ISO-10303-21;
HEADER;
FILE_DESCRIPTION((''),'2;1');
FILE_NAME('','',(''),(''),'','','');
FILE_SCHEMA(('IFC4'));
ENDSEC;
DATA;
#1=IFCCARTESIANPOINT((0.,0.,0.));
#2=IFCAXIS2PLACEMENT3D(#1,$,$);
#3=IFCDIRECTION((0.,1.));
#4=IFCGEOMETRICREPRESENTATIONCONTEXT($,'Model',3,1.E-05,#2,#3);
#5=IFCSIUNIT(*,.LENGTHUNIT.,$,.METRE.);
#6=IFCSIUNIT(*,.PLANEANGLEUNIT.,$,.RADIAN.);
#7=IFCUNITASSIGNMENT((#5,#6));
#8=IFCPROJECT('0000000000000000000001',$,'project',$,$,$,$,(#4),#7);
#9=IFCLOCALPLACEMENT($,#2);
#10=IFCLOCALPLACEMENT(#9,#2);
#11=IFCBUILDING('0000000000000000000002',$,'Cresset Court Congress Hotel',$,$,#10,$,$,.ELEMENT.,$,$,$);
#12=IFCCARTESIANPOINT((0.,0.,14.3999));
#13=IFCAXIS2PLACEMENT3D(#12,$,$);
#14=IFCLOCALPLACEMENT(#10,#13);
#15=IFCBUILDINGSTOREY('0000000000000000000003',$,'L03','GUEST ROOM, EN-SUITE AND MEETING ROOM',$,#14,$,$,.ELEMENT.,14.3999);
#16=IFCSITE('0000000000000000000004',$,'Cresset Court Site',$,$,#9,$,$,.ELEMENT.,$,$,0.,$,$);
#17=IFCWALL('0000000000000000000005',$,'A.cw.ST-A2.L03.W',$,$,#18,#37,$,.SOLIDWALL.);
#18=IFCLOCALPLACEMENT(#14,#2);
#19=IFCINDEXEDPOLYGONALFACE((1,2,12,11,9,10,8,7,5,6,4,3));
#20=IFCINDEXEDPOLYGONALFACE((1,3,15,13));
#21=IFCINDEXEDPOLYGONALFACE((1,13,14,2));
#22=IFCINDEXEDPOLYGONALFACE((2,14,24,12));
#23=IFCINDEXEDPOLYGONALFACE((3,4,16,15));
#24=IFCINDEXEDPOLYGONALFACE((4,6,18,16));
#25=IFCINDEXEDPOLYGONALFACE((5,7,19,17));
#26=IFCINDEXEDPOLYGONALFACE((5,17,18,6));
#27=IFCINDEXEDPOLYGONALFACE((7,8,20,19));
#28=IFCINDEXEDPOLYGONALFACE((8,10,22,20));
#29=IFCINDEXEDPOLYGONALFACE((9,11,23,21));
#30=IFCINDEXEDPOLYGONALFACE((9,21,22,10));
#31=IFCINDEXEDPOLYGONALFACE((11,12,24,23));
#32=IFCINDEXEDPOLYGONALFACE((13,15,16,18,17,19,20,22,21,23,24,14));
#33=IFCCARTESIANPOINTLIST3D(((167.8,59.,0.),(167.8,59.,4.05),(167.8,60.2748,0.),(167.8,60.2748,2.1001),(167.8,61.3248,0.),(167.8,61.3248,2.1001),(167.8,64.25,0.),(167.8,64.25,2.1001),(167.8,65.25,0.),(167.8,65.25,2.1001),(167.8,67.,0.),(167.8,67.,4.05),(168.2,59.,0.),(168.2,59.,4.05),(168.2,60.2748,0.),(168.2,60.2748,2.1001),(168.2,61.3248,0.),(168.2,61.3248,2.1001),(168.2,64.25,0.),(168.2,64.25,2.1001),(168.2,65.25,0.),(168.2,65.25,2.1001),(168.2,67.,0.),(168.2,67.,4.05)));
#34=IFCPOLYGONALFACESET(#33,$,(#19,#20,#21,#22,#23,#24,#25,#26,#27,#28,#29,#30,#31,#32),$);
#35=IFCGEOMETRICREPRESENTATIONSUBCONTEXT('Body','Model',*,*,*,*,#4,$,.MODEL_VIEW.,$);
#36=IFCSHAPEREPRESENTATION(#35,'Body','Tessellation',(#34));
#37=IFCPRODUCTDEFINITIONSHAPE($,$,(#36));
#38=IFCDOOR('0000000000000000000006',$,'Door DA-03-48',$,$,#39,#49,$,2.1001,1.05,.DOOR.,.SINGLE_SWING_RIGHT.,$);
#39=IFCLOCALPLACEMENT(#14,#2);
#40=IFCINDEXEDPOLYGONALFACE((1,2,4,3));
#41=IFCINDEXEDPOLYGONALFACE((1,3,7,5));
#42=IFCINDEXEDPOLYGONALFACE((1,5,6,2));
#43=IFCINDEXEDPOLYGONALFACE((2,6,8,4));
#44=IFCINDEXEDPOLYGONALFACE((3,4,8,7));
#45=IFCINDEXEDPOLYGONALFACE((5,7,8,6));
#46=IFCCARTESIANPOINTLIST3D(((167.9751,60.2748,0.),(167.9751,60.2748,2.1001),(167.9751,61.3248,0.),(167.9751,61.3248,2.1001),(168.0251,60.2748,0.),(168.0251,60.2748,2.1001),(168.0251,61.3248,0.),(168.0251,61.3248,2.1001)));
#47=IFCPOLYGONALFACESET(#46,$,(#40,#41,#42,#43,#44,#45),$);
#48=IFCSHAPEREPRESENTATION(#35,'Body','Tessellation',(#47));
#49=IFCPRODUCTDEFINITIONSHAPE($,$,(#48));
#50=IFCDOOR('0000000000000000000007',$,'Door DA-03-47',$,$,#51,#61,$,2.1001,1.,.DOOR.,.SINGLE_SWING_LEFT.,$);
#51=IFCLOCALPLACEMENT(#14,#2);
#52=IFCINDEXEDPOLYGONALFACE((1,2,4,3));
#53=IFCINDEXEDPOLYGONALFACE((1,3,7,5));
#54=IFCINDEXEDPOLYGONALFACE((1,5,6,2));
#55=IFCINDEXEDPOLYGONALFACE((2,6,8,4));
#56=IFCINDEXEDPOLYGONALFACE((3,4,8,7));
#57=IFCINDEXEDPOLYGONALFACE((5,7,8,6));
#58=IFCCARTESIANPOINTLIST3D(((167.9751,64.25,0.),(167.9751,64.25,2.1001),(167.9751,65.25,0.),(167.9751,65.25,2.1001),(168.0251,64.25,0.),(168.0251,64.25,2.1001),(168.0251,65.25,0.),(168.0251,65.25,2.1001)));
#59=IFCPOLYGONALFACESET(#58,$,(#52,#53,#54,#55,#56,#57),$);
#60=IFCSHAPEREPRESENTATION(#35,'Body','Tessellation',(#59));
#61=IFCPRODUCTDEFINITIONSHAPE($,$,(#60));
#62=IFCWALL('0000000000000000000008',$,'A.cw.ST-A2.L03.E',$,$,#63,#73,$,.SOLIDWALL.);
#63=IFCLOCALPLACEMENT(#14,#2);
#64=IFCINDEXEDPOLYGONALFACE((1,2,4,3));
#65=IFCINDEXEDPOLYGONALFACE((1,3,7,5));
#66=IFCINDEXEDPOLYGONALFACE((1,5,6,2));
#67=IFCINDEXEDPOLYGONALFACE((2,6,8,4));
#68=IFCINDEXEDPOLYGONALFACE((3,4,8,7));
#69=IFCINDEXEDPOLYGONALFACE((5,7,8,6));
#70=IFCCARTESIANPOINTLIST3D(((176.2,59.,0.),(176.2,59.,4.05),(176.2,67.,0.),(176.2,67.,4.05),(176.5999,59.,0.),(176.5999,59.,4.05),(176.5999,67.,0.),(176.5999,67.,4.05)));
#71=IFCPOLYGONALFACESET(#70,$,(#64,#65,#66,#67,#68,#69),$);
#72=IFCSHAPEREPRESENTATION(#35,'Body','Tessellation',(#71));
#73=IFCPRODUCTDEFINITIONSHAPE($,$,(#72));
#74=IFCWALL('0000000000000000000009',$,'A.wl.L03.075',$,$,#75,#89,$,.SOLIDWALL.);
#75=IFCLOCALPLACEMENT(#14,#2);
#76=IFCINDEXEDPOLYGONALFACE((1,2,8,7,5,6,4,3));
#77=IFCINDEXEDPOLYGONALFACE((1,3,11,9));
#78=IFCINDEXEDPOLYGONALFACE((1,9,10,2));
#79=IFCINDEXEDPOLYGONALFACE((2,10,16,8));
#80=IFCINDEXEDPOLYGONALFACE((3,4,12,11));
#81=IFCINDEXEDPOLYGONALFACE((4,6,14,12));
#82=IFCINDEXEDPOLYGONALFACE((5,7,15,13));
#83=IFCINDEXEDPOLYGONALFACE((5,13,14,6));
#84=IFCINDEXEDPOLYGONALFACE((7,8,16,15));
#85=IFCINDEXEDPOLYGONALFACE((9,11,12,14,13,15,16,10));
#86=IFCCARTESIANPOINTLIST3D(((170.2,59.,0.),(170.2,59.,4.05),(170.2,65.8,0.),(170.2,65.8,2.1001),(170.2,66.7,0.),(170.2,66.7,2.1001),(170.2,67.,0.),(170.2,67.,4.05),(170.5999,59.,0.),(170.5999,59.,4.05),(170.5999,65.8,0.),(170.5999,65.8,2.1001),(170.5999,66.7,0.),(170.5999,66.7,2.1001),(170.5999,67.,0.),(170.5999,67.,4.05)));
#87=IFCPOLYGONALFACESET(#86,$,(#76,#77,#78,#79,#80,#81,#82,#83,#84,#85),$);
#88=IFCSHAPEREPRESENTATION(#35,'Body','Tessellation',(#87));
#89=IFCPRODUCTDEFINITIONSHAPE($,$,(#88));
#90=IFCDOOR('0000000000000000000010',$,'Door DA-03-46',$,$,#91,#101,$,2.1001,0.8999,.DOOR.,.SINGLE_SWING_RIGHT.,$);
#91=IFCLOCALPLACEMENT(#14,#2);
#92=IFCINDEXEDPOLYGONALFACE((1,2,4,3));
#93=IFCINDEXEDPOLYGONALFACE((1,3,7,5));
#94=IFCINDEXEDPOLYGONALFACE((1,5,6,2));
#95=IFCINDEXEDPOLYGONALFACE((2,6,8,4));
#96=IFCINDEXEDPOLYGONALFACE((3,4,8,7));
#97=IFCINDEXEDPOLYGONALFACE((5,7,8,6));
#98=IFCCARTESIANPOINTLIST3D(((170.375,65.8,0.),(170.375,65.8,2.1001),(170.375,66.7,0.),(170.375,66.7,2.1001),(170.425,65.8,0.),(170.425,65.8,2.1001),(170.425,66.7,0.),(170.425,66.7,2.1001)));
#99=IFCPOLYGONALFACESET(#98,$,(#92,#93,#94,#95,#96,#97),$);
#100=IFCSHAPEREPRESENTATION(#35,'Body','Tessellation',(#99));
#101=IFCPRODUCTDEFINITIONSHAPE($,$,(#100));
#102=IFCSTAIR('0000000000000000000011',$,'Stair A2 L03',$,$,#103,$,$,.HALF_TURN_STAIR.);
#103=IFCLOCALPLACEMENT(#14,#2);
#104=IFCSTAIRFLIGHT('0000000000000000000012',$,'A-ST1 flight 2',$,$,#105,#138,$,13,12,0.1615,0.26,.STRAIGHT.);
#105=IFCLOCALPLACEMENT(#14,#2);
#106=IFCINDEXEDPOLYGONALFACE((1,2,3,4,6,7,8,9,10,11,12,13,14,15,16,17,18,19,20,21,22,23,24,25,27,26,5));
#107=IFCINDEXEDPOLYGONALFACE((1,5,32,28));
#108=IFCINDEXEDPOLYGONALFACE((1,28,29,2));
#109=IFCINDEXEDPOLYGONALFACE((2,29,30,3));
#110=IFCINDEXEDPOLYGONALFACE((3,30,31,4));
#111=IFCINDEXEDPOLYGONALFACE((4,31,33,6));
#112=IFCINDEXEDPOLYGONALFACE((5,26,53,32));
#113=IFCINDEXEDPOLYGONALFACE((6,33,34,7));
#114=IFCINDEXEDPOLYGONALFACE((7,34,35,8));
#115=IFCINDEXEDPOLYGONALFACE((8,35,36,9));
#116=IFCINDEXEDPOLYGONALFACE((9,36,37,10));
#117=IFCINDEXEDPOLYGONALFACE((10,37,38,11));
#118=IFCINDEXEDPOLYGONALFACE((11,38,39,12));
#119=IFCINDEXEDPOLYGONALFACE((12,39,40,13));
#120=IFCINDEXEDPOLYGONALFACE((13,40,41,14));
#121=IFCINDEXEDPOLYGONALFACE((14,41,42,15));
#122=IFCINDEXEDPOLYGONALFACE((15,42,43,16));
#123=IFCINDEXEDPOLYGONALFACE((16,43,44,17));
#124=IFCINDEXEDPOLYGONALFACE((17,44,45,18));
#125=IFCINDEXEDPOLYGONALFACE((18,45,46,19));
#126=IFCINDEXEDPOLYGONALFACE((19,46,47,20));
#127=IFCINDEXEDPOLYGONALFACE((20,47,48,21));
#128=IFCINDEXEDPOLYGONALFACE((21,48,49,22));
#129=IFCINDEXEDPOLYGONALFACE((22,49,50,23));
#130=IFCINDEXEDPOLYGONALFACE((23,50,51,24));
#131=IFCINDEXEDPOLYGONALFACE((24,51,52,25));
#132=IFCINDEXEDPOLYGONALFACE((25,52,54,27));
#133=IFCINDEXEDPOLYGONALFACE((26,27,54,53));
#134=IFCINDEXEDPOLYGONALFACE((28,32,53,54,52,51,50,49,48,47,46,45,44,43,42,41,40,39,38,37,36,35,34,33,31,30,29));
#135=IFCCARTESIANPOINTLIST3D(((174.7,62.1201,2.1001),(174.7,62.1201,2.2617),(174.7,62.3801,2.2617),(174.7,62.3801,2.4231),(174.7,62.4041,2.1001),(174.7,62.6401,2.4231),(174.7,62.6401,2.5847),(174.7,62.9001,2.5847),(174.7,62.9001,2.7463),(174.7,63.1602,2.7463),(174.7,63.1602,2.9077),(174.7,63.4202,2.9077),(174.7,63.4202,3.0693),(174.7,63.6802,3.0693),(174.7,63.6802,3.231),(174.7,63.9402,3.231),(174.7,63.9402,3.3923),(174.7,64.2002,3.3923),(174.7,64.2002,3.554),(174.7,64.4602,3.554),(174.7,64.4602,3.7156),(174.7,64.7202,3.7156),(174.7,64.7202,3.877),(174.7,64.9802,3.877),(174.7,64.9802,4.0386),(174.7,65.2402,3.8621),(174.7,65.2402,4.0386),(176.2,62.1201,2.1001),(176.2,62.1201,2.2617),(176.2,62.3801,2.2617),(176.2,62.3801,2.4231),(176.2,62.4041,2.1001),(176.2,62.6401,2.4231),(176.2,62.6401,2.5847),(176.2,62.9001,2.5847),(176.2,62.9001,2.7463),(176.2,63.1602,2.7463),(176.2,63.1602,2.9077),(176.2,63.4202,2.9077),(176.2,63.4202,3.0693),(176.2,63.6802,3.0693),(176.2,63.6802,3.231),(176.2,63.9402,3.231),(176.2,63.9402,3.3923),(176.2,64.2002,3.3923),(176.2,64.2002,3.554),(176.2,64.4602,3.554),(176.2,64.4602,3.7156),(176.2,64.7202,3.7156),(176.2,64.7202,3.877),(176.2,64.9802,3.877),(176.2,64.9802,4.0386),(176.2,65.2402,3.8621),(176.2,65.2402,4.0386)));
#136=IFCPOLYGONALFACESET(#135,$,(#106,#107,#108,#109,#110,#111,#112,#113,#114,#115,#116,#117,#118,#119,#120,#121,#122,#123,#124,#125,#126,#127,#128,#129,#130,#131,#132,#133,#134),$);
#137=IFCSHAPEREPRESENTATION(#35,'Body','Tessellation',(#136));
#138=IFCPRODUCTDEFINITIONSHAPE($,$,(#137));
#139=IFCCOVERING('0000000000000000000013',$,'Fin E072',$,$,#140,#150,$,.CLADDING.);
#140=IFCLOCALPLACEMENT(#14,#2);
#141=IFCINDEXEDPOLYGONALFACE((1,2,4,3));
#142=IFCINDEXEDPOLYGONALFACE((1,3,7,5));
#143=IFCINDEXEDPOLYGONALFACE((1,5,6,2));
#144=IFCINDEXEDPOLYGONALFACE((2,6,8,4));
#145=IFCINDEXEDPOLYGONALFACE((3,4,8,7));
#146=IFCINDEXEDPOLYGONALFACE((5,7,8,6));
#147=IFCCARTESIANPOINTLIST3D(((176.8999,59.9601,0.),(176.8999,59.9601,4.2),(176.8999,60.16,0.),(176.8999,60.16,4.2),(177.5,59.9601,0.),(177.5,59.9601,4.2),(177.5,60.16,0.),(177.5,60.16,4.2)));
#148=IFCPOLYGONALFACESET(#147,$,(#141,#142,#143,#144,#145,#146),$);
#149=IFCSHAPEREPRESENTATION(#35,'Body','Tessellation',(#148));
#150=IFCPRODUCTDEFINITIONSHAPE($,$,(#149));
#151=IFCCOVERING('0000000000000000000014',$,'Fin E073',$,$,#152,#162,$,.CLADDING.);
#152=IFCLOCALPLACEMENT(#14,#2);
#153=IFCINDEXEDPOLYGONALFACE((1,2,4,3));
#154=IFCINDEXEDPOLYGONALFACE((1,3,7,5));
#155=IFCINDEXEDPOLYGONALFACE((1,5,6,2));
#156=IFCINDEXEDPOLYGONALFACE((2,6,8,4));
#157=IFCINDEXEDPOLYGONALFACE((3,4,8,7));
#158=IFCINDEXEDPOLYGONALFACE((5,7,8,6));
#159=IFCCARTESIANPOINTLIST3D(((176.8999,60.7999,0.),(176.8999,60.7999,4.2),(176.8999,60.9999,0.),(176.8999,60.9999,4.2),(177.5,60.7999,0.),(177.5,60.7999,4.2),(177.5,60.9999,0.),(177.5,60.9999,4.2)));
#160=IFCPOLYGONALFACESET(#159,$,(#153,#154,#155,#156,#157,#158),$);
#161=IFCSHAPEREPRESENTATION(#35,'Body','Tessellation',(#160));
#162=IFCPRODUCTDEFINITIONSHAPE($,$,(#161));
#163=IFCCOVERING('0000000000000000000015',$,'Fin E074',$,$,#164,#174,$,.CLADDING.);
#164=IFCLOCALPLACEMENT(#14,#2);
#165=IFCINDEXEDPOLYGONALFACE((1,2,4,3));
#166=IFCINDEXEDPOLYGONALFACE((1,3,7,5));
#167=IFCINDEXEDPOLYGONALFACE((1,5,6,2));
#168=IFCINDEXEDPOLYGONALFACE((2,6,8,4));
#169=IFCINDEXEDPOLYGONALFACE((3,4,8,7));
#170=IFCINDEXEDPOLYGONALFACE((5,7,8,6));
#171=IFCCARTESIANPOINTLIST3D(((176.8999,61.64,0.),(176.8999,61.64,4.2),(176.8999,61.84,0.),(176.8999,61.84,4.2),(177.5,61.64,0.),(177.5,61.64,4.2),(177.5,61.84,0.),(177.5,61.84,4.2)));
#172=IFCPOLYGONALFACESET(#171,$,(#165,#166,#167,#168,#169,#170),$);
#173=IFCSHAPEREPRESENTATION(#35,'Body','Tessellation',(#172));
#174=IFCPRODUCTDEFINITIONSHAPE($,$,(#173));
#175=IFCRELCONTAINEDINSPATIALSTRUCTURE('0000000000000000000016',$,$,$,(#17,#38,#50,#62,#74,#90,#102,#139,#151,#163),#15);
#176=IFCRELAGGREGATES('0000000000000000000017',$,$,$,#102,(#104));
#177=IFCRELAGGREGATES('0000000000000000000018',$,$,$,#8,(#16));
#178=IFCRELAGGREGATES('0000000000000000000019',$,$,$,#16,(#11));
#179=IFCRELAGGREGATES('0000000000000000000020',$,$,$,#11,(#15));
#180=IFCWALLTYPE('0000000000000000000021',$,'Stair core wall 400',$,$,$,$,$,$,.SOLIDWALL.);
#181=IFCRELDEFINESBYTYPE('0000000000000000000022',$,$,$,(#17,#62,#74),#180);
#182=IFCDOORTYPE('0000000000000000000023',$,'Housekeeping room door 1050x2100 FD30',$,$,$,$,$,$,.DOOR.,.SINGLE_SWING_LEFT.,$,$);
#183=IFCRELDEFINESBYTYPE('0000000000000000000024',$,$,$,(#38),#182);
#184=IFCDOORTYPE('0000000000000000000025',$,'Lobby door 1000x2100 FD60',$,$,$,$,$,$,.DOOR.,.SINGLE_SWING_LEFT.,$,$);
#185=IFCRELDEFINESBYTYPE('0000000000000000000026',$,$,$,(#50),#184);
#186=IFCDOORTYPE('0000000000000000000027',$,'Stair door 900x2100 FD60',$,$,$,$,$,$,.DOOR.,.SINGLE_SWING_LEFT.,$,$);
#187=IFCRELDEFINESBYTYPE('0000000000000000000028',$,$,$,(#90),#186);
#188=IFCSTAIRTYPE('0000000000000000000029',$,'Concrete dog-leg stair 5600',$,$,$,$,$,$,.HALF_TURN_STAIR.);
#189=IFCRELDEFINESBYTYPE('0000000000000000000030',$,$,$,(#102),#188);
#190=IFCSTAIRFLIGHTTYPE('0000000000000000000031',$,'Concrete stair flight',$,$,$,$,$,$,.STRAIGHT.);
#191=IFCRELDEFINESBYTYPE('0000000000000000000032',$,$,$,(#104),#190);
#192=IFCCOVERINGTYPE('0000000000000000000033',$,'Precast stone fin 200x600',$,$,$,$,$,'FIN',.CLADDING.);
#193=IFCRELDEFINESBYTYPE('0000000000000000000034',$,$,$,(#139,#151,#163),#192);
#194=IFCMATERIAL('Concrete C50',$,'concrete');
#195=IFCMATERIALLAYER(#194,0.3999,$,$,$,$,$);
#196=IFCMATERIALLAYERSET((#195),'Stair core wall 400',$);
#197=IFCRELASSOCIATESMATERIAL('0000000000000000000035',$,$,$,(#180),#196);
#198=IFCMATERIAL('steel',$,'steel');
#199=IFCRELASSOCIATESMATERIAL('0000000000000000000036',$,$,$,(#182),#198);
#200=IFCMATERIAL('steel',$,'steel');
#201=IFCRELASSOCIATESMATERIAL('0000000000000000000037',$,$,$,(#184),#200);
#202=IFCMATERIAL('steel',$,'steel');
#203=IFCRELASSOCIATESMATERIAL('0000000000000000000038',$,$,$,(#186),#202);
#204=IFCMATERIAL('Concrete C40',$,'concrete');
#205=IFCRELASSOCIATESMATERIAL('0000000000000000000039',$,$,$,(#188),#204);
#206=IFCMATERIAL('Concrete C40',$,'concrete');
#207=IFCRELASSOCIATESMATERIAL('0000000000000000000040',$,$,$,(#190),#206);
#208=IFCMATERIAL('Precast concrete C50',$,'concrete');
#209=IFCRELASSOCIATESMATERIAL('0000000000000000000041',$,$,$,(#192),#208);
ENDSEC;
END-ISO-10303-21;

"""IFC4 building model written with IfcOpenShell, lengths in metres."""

from ifc_helpers import new_model, si_unit, direction, frame, frame_2d, origin, origin_2d, place, context, subcontext, project, spatial, polyline, rectangle, outline, extrude, material, layer, layer_set, type_object, element, fill, aggregate, save


model = new_model("IFC4")

# Units and contexts
model_context = context("Model", 3, precision=1e-05, world=origin(), true_north=direction((0.0, 1.0)))
body_context = subcontext(model_context, "Body", "Model", "MODEL_VIEW")
ifc_project = project(units=[si_unit("LENGTHUNIT", "METRE"), si_unit("PLANEANGLEUNIT", "RADIAN")], contexts=[model_context])

# Site, building, storey
site_placement = place(None, origin())
site = spatial("IfcSite", under=ifc_project, at=site_placement, Name="Cresset Court Site", CompositionType="ELEMENT", RefElevation=0.0)
building_placement = place(site_placement, origin())
building = spatial("IfcBuilding", under=site, at=building_placement, Name="Cresset Court Congress Hotel", CompositionType="ELEMENT")
storey_placement = place(building_placement, frame((0.0, 0.0, 14.3999)))
storey = spatial("IfcBuildingStorey", under=building, at=storey_placement, Name="L03", Description="GUEST ROOM, EN-SUITE AND MEETING ROOM", CompositionType="ELEMENT", Elevation=14.3999)

# Shared definitions
ifc_material_1 = material(Name="Concrete C50", Category="concrete")
ifc_layer_1 = layer(ifc_material_1, 0.3999)
ifc_layer_set_1 = layer_set([ifc_layer_1], Name="Stair core wall 400")
wall_type_1 = type_object("IfcWallType", Name="Stair core wall 400", PredefinedType="SOLIDWALL", material=ifc_layer_set_1)

# Wall, openings, doors
wall_1_placement = place(storey_placement, frame((168.0, 59.0, 0.0), z_axis=(0.0, 0.0, 1.0), x_axis=(0.0, 1.0, 0.0)))
wall_1 = element("IfcWall", 1, at=wall_1_placement, inside=storey, type_object=wall_type_1, Name="A.cw.ST-A2.L03.W", PredefinedType="SOLIDWALL", context=body_context, shape_type="SweptSolid", body=[
    extrude(rectangle(XDim=8.0, YDim=0.3999, at=frame_2d((4.0, 0.0))), origin(), (0.0, 0.0, 1.0), 4.05),
])
opening_1_placement = place(wall_1_placement, frame((5.25, 0.0, 0.0)))
opening_1 = element("IfcOpeningElement", 2, at=opening_1_placement, cuts=wall_1, PredefinedType="OPENING", context=body_context, shape_type="SweptSolid", body=[
    extrude(rectangle(XDim=1.0, YDim=2.1001, at=frame_2d((0.5, 1.05))), frame((0.0, 0.21, 0.0), z_axis=(0.0, -1.0, 0.0), x_axis=(1.0, 0.0, 0.0)), (0.0, 0.0, 1.0), 0.4199),
])
opening_2_placement = place(wall_1_placement, frame((1.2749, 0.0, 0.0)))
opening_2 = element("IfcOpeningElement", 3, at=opening_2_placement, cuts=wall_1, PredefinedType="OPENING", context=body_context, shape_type="SweptSolid", body=[
    extrude(rectangle(XDim=1.05, YDim=2.1001, at=frame_2d((0.5249, 1.05))), frame((0.0, 0.21, 0.0), z_axis=(0.0, -1.0, 0.0), x_axis=(1.0, 0.0, 0.0)), (0.0, 0.0, 1.0), 0.4199),
])
ifc_material_2 = material(Name="steel", Category="steel")
door_type_1 = type_object("IfcDoorType", Name="Housekeeping room door 1050x2100 FD30", OperationType="SINGLE_SWING_LEFT", PredefinedType="DOOR", material=ifc_material_2)
door_1_placement = place(opening_2_placement, origin())
door_1 = element("IfcDoor", 4, at=door_1_placement, inside=storey, type_object=door_type_1, Name="Door DA-03-48", OperationType="SINGLE_SWING_RIGHT", OverallHeight=2.1001, OverallWidth=1.05, PredefinedType="DOOR", context=body_context, shape_type="SweptSolid", body=[
    extrude(rectangle(XDim=1.05, YDim=2.1001, at=frame_2d((0.5249, 1.05))), frame((0.0, 0.0249, 0.0), z_axis=(0.0, -1.0, 0.0), x_axis=(1.0, 0.0, 0.0)), (0.0, 0.0, 1.0), 0.05),
])
fill(opening_2, door_1)
ifc_material_3 = material(Name="steel", Category="steel")
door_type_2 = type_object("IfcDoorType", Name="Lobby door 1000x2100 FD60", OperationType="SINGLE_SWING_LEFT", PredefinedType="DOOR", material=ifc_material_3)
door_2_placement = place(opening_1_placement, origin())
door_2 = element("IfcDoor", 5, at=door_2_placement, inside=storey, type_object=door_type_2, Name="Door DA-03-47", OperationType="SINGLE_SWING_LEFT", OverallHeight=2.1001, OverallWidth=1.0, PredefinedType="DOOR", context=body_context, shape_type="SweptSolid", body=[
    extrude(rectangle(XDim=1.0, YDim=2.1001, at=frame_2d((0.5, 1.05))), frame((0.0, 0.0249, 0.0), z_axis=(0.0, -1.0, 0.0), x_axis=(1.0, 0.0, 0.0)), (0.0, 0.0, 1.0), 0.05),
])
fill(opening_1, door_2)

# Wall
wall_2_placement = place(storey_placement, frame((176.3999, 59.0, 0.0), z_axis=(0.0, 0.0, 1.0), x_axis=(0.0, 1.0, 0.0)))
element("IfcWall", 6, at=wall_2_placement, inside=storey, type_object=wall_type_1, Name="A.cw.ST-A2.L03.E", PredefinedType="SOLIDWALL", context=body_context, shape_type="SweptSolid", body=[
    extrude(rectangle(XDim=8.0, YDim=0.3999, at=frame_2d((4.0, 0.0))), origin(), (0.0, 0.0, 1.0), 4.05),
])

# Wall, opening, door
wall_3_placement = place(storey_placement, frame((170.3999, 59.0, 0.0), z_axis=(0.0, 0.0, 1.0), x_axis=(0.0, 1.0, 0.0)))
wall_3 = element("IfcWall", 7, at=wall_3_placement, inside=storey, type_object=wall_type_1, Name="A.wl.L03.075", PredefinedType="SOLIDWALL", context=body_context, shape_type="SweptSolid", body=[
    extrude(rectangle(XDim=8.0, YDim=0.3999, at=frame_2d((4.0, 0.0))), origin(), (0.0, 0.0, 1.0), 4.05),
])
opening_3_placement = place(wall_3_placement, frame((6.8, 0.0, 0.0)))
opening_3 = element("IfcOpeningElement", 8, at=opening_3_placement, cuts=wall_3, PredefinedType="OPENING", context=body_context, shape_type="SweptSolid", body=[
    extrude(rectangle(XDim=0.8999, YDim=2.1001, at=frame_2d((0.45, 1.05))), frame((0.0, 0.21, 0.0), z_axis=(0.0, -1.0, 0.0), x_axis=(1.0, 0.0, 0.0)), (0.0, 0.0, 1.0), 0.4199),
])
ifc_material_4 = material(Name="steel", Category="steel")
door_type_3 = type_object("IfcDoorType", Name="Stair door 900x2100 FD60", OperationType="SINGLE_SWING_LEFT", PredefinedType="DOOR", material=ifc_material_4)
door_3_placement = place(opening_3_placement, origin())
door_3 = element("IfcDoor", 9, at=door_3_placement, inside=storey, type_object=door_type_3, Name="Door DA-03-46", OperationType="SINGLE_SWING_RIGHT", OverallHeight=2.1001, OverallWidth=0.8999, PredefinedType="DOOR", context=body_context, shape_type="SweptSolid", body=[
    extrude(rectangle(XDim=0.8999, YDim=2.1001, at=frame_2d((0.45, 1.05))), frame((0.0, 0.0249, 0.0), z_axis=(0.0, -1.0, 0.0), x_axis=(1.0, 0.0, 0.0)), (0.0, 0.0, 1.0), 0.05),
])
fill(opening_3, door_3)

# Stair, stair flight
ifc_material_5 = material(Name="Concrete C40", Category="concrete")
stair_type = type_object("IfcStairType", Name="Concrete dog-leg stair 5600", PredefinedType="HALF_TURN_STAIR", material=ifc_material_5)
stair_placement = place(storey_placement, origin())
stair = element("IfcStair", 10, at=stair_placement, inside=storey, type_object=stair_type, Name="Stair A2 L03", PredefinedType="HALF_TURN_STAIR")
ifc_material_6 = material(Name="Concrete C40", Category="concrete")
stair_flight_type = type_object("IfcStairFlightType", Name="Concrete stair flight", PredefinedType="STRAIGHT", material=ifc_material_6)
stair_flight_placement = place(storey_placement, frame((175.45, 62.1201, 2.1001), z_axis=(0.0, 0.0, 1.0), x_axis=(0.0, 1.0, 0.0)))
stair_flight = element("IfcStairFlight", 11, at=stair_flight_placement, type_object=stair_flight_type, Name="A-ST1 flight 2", NumberOfRisers=13, NumberOfTreads=12, PredefinedType="STRAIGHT", RiserHeight=0.1615, TreadLength=0.26, context=body_context, shape_type="SweptSolid", body=[
    extrude(outline(polyline([(0.0, 0.0), (0.0, 0.1616), (0.26, 0.1616), (0.26, 0.323), (0.52, 0.323), (0.52, 0.4846), (0.78, 0.4846), (0.78, 0.6462), (1.04, 0.6462), (1.04, 0.8076), (1.3, 0.8076), (1.3, 0.9692), (1.5601, 0.9692), (1.5601, 1.1309), (1.8201, 1.1309), (1.8201, 1.2922), (2.0801, 1.2922), (2.0801, 1.4539), (2.3401, 1.4539), (2.3401, 1.6155), (2.6001, 1.6155), (2.6001, 1.7769), (2.8601, 1.7769), (2.8601, 1.9385), (3.1201, 1.9385), (3.1201, 2.1001), (3.1201, 1.762), (0.2839, 0.0), (0.0, 0.0)])), frame((0.0, 0.75, 0.0), z_axis=(0.0, -1.0, 0.0), x_axis=(1.0, 0.0, 0.0)), (0.0, 0.0, 1.0), 1.5),
])
aggregate(stair, [stair_flight])

# Coverings
ifc_material_7 = material(Name="Precast concrete C50", Category="concrete")
covering_type_1 = type_object("IfcCoveringType", Name="Precast stone fin 200x600", ElementType="FIN", PredefinedType="CLADDING", material=ifc_material_7)
for number, where, z_axis, x_axis, name in (
    (12, (177.2, 60.0601, 0.0), (0.0, 0.0, 1.0), (1.0, 0.0, 0.0), "Fin E072"),
    (13, (177.2, 60.8999, 0.0), (0.0, 0.0, 1.0), (1.0, 0.0, 0.0), "Fin E073"),
    (14, (177.2, 61.74, 0.0), (0.0, 0.0, 1.0), (1.0, 0.0, 0.0), "Fin E074"),
):
    element("IfcCovering", number, at=place(storey_placement, frame(where, z_axis=z_axis, x_axis=x_axis)), inside=storey, type_object=covering_type_1, Name=name, PredefinedType="CLADDING", context=body_context, shape_type="SweptSolid", body=[
        extrude(rectangle(XDim=0.6001, YDim=0.2, at=origin_2d()), origin(), (0.0, 0.0, 1.0), 4.2),
    ])

save(model, "model.ifc")
